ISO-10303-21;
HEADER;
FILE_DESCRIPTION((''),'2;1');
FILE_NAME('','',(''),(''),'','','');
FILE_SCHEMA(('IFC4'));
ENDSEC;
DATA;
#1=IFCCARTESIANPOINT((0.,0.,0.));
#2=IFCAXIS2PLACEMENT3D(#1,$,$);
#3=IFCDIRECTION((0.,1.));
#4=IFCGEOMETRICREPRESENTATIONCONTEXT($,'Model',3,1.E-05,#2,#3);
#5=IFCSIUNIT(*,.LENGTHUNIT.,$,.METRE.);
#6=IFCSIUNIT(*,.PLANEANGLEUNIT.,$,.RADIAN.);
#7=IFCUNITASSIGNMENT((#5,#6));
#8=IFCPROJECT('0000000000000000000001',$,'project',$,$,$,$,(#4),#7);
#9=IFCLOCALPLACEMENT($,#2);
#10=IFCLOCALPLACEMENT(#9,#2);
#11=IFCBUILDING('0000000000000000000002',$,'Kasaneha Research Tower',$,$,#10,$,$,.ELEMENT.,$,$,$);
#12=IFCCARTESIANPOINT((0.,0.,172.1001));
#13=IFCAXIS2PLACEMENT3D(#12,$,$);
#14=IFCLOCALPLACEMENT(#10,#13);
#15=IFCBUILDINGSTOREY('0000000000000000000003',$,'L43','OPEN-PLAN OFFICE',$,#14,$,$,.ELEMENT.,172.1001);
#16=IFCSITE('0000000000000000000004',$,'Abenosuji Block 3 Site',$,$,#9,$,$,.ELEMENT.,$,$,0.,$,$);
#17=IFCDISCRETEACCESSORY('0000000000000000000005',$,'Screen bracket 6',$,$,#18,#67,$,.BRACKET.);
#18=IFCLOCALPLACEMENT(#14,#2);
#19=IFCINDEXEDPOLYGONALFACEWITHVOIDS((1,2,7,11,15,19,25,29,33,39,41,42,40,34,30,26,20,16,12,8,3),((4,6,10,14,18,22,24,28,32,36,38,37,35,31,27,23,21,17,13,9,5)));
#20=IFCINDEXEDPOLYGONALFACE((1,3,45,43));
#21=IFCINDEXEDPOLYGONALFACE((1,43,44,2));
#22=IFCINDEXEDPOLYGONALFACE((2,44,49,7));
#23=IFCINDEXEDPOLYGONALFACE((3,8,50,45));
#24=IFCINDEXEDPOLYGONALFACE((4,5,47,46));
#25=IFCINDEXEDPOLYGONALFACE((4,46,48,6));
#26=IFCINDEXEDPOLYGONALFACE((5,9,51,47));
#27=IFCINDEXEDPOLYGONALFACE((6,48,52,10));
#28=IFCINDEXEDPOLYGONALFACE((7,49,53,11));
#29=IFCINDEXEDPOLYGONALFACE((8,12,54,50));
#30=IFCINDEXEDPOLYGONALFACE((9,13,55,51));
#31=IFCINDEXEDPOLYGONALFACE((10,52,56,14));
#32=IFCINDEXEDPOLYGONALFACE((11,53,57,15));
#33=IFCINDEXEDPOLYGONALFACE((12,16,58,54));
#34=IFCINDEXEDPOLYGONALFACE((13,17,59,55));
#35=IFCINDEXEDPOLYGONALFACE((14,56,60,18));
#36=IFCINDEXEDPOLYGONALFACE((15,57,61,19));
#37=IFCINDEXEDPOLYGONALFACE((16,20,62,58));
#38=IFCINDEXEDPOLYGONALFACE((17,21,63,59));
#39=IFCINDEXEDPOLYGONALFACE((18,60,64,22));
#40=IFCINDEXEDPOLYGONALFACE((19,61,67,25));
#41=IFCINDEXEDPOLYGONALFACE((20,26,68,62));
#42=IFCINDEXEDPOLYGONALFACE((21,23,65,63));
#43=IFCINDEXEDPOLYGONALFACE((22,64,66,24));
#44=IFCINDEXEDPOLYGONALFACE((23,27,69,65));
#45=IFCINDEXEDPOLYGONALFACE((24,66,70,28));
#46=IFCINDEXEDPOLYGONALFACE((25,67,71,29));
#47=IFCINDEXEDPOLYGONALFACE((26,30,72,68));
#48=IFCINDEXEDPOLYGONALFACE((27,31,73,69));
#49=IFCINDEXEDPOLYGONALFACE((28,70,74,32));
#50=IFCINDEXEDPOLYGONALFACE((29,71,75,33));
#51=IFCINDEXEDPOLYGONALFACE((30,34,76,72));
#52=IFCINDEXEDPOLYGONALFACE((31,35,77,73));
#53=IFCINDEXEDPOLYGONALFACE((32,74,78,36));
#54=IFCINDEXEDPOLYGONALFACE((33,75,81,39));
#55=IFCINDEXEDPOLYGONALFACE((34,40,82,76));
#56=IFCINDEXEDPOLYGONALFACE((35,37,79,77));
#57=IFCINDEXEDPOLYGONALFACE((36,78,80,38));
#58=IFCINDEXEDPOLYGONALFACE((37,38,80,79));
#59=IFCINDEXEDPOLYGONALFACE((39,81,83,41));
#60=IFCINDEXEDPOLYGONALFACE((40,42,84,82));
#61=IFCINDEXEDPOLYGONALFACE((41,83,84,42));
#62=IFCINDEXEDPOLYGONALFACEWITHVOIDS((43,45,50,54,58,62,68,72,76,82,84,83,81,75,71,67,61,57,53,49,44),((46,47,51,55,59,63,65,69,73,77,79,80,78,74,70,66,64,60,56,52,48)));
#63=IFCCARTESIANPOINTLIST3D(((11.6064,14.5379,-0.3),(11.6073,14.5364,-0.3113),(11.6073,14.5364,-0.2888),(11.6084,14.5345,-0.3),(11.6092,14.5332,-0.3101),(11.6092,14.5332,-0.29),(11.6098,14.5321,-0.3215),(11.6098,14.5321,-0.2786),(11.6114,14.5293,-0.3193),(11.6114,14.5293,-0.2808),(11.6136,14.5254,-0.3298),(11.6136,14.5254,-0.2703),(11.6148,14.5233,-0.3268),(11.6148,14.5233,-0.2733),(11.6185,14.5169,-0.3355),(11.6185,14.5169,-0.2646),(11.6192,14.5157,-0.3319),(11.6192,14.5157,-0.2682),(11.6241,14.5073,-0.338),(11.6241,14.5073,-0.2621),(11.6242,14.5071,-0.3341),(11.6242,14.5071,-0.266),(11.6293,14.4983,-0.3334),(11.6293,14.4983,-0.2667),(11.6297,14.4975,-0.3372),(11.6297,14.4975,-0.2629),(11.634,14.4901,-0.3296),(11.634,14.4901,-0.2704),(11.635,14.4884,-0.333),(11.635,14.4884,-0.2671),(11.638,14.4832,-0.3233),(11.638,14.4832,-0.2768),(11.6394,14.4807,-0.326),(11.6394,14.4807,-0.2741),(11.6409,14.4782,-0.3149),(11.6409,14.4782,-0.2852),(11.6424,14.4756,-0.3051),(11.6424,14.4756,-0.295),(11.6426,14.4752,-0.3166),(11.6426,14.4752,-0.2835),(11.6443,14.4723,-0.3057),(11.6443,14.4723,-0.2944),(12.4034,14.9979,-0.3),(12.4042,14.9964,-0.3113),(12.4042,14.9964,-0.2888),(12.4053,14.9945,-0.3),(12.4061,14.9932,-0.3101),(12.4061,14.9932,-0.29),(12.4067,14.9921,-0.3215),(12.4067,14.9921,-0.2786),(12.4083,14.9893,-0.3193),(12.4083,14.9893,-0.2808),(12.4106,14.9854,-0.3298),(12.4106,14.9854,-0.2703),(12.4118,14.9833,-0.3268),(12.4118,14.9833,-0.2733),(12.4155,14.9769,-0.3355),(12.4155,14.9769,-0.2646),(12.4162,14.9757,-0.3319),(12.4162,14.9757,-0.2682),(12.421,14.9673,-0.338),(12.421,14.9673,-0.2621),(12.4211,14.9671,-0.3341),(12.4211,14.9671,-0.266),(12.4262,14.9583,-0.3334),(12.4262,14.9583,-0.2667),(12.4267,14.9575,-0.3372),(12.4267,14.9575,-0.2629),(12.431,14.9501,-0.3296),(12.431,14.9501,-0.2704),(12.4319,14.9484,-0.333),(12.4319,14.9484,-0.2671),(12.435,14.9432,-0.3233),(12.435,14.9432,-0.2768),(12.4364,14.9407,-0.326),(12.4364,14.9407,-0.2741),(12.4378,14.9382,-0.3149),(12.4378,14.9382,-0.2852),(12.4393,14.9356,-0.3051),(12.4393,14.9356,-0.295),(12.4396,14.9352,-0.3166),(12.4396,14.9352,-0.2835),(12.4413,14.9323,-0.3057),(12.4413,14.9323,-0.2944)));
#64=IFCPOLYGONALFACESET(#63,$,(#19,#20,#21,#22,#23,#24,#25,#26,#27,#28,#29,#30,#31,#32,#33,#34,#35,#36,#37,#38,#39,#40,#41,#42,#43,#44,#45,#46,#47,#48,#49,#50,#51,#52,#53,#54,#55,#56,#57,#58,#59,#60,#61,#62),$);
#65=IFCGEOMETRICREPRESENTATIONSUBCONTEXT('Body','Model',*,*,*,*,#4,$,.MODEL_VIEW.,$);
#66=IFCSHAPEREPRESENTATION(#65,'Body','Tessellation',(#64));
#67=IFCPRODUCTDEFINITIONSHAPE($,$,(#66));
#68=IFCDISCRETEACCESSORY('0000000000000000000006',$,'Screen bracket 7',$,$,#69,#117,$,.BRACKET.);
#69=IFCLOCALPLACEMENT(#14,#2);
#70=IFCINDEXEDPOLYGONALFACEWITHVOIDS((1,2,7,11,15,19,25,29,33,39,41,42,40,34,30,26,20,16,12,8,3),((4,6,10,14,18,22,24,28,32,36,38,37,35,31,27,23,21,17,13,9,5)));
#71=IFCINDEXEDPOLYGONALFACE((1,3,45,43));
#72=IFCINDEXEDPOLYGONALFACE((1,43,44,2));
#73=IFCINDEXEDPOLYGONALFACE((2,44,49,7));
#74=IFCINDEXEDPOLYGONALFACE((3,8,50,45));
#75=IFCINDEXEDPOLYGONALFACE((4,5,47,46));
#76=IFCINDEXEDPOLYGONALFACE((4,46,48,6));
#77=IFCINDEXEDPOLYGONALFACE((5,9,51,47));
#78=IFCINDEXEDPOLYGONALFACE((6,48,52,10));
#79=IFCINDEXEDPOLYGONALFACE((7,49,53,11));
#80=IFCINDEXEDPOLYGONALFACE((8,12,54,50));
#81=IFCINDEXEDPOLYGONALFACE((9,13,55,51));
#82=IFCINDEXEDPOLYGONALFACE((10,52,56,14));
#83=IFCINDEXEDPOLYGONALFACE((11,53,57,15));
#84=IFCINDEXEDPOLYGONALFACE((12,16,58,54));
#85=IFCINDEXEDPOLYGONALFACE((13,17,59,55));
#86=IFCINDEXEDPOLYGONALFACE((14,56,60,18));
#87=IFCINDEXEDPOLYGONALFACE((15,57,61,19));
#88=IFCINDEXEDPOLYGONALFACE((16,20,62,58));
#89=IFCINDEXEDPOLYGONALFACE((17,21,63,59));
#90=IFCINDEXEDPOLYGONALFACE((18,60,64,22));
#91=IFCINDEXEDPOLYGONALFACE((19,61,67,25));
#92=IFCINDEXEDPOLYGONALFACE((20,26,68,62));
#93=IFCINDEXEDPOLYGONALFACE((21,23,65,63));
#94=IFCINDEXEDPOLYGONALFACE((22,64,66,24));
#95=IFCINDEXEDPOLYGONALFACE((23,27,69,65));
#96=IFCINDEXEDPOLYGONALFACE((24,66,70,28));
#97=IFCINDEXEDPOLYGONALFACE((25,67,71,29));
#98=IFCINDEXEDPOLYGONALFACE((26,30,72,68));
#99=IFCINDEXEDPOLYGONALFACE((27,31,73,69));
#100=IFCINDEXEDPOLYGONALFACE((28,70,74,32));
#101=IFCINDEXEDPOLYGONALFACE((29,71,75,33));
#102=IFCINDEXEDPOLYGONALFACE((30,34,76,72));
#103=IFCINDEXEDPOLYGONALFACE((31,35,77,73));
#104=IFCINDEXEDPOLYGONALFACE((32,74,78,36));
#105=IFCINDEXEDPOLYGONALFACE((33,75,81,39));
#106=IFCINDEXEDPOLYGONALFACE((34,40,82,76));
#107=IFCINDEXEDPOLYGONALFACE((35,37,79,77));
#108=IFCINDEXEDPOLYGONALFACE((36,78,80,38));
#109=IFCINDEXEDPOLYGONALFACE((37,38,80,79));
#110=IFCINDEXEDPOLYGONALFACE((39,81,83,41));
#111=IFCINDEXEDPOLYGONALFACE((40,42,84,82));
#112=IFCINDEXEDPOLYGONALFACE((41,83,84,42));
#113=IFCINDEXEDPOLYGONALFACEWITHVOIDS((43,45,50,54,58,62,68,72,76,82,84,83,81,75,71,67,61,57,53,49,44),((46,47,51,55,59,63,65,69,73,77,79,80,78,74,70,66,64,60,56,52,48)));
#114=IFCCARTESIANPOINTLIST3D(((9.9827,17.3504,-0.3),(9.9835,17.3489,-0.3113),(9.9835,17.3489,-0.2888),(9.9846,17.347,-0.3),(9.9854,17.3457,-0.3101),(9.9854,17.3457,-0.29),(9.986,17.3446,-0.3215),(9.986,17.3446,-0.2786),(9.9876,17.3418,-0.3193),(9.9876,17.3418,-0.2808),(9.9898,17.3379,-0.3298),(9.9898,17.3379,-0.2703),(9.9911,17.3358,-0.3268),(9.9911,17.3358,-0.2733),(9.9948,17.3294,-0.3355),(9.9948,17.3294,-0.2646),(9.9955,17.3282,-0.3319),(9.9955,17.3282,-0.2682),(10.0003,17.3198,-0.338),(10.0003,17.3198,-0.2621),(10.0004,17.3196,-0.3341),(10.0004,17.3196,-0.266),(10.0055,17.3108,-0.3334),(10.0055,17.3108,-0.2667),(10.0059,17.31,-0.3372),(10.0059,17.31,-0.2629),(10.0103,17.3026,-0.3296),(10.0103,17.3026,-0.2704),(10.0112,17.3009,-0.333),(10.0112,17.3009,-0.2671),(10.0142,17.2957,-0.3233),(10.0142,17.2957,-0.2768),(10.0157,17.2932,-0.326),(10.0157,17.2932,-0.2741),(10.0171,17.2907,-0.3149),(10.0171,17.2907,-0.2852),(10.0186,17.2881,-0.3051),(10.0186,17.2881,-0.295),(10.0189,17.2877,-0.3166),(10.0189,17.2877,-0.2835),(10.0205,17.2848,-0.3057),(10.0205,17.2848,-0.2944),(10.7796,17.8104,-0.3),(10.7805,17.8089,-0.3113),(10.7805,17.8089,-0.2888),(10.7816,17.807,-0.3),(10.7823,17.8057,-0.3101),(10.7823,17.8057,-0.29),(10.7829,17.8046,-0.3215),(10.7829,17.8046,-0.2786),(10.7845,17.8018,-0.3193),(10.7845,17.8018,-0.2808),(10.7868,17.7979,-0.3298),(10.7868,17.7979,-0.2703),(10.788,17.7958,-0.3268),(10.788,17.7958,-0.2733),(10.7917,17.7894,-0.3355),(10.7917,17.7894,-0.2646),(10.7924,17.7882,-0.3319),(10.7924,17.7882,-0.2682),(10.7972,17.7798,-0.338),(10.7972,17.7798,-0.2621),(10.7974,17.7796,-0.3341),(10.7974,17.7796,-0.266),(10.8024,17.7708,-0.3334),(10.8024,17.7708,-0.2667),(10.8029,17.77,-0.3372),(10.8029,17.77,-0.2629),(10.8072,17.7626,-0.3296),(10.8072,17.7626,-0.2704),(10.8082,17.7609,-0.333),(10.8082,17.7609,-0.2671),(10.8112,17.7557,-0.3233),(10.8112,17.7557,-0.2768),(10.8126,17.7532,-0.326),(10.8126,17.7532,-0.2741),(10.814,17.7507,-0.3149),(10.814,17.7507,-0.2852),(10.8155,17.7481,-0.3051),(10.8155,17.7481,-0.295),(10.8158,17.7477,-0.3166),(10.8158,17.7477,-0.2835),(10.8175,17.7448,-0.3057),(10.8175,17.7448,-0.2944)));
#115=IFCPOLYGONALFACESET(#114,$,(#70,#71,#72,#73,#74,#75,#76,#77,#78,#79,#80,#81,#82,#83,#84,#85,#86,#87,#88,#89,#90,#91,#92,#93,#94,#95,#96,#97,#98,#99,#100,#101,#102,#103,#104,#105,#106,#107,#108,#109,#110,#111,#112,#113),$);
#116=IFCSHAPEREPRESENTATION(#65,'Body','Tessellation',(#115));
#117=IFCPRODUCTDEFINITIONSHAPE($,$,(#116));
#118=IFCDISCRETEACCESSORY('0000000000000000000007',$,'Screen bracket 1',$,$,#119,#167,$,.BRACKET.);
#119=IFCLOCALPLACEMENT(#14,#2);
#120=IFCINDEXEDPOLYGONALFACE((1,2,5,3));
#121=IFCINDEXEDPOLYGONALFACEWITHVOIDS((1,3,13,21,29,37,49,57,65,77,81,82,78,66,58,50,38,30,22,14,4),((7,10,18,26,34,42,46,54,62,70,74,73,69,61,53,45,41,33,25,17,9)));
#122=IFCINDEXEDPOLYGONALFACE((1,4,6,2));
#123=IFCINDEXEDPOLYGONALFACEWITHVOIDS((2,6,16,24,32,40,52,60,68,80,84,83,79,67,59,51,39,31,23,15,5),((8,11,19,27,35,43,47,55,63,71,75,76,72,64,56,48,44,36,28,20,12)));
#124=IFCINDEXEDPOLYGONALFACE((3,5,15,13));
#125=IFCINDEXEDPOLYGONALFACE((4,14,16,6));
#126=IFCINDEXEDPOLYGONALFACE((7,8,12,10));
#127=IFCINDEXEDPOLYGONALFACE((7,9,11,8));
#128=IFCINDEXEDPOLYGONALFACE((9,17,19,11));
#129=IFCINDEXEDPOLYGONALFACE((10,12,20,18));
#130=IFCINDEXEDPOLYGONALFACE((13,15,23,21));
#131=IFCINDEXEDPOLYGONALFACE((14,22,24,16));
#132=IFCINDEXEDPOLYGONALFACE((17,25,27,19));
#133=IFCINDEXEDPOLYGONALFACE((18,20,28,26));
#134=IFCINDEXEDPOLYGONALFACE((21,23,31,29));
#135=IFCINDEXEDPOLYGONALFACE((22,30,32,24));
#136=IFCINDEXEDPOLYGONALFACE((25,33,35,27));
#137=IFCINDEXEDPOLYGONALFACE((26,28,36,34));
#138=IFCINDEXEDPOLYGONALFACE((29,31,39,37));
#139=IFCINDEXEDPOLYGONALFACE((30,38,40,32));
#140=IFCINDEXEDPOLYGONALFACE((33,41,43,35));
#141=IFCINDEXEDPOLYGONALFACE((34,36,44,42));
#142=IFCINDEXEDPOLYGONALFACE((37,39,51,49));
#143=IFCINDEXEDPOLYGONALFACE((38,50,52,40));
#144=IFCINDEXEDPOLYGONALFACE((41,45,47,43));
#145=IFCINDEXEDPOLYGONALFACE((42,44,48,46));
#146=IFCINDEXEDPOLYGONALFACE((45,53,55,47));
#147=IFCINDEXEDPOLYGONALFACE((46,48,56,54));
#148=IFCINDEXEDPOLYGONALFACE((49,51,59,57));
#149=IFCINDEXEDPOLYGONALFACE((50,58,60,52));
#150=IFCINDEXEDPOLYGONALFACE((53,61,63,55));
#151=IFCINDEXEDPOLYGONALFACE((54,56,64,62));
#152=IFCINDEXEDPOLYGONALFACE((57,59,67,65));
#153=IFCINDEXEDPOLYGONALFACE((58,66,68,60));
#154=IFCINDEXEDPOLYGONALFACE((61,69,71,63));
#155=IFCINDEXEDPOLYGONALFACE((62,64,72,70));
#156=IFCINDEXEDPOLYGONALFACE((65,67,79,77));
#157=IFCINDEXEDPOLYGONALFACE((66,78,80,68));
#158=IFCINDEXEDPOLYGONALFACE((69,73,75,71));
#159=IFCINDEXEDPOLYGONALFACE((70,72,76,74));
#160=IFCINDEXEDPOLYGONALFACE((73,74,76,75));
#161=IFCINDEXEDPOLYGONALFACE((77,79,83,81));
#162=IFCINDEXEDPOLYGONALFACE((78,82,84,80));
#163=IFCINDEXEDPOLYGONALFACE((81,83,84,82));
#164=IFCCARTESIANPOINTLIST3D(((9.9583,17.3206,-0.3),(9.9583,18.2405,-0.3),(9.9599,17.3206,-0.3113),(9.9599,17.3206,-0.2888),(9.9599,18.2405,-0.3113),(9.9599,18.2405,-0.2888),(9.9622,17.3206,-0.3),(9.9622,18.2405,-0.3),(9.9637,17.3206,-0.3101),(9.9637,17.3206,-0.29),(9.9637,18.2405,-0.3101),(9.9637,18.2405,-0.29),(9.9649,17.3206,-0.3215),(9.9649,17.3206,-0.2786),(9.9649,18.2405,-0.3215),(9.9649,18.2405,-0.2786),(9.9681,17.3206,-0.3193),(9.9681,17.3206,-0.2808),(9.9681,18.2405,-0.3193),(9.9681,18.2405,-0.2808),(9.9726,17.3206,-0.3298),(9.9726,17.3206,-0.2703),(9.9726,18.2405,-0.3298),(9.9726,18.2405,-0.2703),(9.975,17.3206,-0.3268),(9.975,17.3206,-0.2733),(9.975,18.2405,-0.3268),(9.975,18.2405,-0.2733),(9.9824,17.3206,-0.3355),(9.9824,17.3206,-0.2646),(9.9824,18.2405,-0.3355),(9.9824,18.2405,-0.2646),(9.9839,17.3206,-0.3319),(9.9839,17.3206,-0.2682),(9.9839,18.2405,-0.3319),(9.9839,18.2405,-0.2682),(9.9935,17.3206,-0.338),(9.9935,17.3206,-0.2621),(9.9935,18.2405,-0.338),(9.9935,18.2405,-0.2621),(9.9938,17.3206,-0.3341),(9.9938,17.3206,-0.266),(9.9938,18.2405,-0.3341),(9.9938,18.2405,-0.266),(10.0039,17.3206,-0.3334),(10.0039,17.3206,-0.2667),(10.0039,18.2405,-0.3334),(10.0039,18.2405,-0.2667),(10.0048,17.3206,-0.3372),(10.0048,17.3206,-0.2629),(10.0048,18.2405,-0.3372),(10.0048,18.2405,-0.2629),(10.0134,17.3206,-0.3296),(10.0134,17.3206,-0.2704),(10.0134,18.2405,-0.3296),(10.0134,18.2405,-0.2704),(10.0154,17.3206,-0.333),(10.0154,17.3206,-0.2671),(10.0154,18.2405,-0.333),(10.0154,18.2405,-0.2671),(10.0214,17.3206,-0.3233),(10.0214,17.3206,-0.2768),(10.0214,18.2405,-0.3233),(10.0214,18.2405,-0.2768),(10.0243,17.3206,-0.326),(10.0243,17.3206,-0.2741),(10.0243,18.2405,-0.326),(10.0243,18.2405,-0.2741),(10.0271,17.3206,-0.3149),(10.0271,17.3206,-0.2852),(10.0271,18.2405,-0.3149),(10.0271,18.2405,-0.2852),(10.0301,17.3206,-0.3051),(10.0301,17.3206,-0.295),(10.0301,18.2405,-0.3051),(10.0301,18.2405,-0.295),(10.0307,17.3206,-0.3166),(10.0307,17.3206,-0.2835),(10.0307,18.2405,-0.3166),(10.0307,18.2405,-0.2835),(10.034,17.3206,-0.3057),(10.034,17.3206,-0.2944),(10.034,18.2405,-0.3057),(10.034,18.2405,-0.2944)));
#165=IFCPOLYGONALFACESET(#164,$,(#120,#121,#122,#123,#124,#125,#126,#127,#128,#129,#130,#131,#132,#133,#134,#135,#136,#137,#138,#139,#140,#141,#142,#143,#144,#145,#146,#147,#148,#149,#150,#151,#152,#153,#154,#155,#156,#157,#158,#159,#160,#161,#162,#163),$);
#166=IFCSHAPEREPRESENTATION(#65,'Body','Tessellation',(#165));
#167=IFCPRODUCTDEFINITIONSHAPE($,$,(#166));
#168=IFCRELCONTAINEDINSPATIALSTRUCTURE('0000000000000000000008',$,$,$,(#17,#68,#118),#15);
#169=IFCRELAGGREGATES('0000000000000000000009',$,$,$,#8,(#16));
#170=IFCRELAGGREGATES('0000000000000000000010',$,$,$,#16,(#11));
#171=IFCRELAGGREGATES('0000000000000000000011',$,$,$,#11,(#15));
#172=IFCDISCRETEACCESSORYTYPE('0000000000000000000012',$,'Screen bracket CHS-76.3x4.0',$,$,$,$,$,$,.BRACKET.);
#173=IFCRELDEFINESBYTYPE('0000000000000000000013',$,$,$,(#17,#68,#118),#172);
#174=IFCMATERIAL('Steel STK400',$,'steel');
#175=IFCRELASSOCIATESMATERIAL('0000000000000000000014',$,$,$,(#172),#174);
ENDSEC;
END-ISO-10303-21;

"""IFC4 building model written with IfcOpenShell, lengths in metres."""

from ifc_helpers import new_model, si_unit, direction, frame, origin, origin_2d, place, context, subcontext, project, spatial, hollow_circle, extrude, material, material_profile, profile_set, type_object, element, save


model = new_model("IFC4")

# Units and contexts
model_context = context("Model", 3, precision=1e-05, world=origin(), true_north=direction((0.0, 1.0)))
body_context = subcontext(model_context, "Body", "Model", "MODEL_VIEW")
ifc_project = project(units=[si_unit("LENGTHUNIT", "METRE"), si_unit("PLANEANGLEUNIT", "RADIAN")], contexts=[model_context])

# Site, building, storey
site_placement = place(None, origin())
site = spatial("IfcSite", under=ifc_project, at=site_placement, Name="Abenosuji Block 3 Site", CompositionType="ELEMENT", RefElevation=0.0)
building_placement = place(site_placement, origin())
building = spatial("IfcBuilding", under=site, at=building_placement, Name="Kasaneha Research Tower", CompositionType="ELEMENT")
storey_placement = place(building_placement, frame((0.0, 0.0, 172.1001)))
storey = spatial("IfcBuildingStorey", under=building, at=storey_placement, Name="L43", Description="OPEN-PLAN OFFICE", CompositionType="ELEMENT", Elevation=172.1001)

# Discrete accessories
ifc_material_1 = material(Name="Steel STK400", Category="steel")
ifc_material_profile_1 = material_profile(ifc_material_1, hollow_circle(Radius=0.0381, WallThickness=0.0039, at=origin_2d()), Name="CHS-76.3x4.0")
ifc_profile_set_1 = profile_set([ifc_material_profile_1], Name="Steel STK400")
discrete_accessory_type = type_object("IfcDiscreteAccessoryType", Name="Screen bracket CHS-76.3x4.0", PredefinedType="BRACKET", material=ifc_profile_set_1)
for number, where, z_axis, x_axis, name in (
    (1, (11.6255, 14.5049, -0.3), (0.86608, 0.499906, 0.0), (-0.499906, 0.86608, 0.0), "Screen bracket 6"),
    (2, (10.0017, 17.3174, -0.3), (0.86608, 0.499906, 0.0), (-0.499906, 0.86608, 0.0), "Screen bracket 7"),
):
    element("IfcDiscreteAccessory", number, at=place(storey_placement, frame(where, z_axis=z_axis, x_axis=x_axis)), inside=storey, type_object=discrete_accessory_type, Name=name, PredefinedType="BRACKET", context=body_context, shape_type="SweptSolid", body=[
        extrude(hollow_circle(Radius=0.0381, WallThickness=0.0039, at=origin_2d()), origin(), (0.0, 0.0, 1.0), 0.9202),
    ])
discrete_accessory_placement = place(storey_placement, frame((9.9963, 17.3206, -0.3), z_axis=(0.0, 1.0, 0.0), x_axis=(-1.0, 0.0, 0.0)))
element("IfcDiscreteAccessory", 3, at=discrete_accessory_placement, inside=storey, type_object=discrete_accessory_type, Name="Screen bracket 1", PredefinedType="BRACKET", context=body_context, shape_type="SweptSolid", body=[
    extrude(hollow_circle(Radius=0.0381, WallThickness=0.0039, at=origin_2d()), origin(), (0.0, 0.0, 1.0), 0.9199),
])

save(model, "model.ifc")
